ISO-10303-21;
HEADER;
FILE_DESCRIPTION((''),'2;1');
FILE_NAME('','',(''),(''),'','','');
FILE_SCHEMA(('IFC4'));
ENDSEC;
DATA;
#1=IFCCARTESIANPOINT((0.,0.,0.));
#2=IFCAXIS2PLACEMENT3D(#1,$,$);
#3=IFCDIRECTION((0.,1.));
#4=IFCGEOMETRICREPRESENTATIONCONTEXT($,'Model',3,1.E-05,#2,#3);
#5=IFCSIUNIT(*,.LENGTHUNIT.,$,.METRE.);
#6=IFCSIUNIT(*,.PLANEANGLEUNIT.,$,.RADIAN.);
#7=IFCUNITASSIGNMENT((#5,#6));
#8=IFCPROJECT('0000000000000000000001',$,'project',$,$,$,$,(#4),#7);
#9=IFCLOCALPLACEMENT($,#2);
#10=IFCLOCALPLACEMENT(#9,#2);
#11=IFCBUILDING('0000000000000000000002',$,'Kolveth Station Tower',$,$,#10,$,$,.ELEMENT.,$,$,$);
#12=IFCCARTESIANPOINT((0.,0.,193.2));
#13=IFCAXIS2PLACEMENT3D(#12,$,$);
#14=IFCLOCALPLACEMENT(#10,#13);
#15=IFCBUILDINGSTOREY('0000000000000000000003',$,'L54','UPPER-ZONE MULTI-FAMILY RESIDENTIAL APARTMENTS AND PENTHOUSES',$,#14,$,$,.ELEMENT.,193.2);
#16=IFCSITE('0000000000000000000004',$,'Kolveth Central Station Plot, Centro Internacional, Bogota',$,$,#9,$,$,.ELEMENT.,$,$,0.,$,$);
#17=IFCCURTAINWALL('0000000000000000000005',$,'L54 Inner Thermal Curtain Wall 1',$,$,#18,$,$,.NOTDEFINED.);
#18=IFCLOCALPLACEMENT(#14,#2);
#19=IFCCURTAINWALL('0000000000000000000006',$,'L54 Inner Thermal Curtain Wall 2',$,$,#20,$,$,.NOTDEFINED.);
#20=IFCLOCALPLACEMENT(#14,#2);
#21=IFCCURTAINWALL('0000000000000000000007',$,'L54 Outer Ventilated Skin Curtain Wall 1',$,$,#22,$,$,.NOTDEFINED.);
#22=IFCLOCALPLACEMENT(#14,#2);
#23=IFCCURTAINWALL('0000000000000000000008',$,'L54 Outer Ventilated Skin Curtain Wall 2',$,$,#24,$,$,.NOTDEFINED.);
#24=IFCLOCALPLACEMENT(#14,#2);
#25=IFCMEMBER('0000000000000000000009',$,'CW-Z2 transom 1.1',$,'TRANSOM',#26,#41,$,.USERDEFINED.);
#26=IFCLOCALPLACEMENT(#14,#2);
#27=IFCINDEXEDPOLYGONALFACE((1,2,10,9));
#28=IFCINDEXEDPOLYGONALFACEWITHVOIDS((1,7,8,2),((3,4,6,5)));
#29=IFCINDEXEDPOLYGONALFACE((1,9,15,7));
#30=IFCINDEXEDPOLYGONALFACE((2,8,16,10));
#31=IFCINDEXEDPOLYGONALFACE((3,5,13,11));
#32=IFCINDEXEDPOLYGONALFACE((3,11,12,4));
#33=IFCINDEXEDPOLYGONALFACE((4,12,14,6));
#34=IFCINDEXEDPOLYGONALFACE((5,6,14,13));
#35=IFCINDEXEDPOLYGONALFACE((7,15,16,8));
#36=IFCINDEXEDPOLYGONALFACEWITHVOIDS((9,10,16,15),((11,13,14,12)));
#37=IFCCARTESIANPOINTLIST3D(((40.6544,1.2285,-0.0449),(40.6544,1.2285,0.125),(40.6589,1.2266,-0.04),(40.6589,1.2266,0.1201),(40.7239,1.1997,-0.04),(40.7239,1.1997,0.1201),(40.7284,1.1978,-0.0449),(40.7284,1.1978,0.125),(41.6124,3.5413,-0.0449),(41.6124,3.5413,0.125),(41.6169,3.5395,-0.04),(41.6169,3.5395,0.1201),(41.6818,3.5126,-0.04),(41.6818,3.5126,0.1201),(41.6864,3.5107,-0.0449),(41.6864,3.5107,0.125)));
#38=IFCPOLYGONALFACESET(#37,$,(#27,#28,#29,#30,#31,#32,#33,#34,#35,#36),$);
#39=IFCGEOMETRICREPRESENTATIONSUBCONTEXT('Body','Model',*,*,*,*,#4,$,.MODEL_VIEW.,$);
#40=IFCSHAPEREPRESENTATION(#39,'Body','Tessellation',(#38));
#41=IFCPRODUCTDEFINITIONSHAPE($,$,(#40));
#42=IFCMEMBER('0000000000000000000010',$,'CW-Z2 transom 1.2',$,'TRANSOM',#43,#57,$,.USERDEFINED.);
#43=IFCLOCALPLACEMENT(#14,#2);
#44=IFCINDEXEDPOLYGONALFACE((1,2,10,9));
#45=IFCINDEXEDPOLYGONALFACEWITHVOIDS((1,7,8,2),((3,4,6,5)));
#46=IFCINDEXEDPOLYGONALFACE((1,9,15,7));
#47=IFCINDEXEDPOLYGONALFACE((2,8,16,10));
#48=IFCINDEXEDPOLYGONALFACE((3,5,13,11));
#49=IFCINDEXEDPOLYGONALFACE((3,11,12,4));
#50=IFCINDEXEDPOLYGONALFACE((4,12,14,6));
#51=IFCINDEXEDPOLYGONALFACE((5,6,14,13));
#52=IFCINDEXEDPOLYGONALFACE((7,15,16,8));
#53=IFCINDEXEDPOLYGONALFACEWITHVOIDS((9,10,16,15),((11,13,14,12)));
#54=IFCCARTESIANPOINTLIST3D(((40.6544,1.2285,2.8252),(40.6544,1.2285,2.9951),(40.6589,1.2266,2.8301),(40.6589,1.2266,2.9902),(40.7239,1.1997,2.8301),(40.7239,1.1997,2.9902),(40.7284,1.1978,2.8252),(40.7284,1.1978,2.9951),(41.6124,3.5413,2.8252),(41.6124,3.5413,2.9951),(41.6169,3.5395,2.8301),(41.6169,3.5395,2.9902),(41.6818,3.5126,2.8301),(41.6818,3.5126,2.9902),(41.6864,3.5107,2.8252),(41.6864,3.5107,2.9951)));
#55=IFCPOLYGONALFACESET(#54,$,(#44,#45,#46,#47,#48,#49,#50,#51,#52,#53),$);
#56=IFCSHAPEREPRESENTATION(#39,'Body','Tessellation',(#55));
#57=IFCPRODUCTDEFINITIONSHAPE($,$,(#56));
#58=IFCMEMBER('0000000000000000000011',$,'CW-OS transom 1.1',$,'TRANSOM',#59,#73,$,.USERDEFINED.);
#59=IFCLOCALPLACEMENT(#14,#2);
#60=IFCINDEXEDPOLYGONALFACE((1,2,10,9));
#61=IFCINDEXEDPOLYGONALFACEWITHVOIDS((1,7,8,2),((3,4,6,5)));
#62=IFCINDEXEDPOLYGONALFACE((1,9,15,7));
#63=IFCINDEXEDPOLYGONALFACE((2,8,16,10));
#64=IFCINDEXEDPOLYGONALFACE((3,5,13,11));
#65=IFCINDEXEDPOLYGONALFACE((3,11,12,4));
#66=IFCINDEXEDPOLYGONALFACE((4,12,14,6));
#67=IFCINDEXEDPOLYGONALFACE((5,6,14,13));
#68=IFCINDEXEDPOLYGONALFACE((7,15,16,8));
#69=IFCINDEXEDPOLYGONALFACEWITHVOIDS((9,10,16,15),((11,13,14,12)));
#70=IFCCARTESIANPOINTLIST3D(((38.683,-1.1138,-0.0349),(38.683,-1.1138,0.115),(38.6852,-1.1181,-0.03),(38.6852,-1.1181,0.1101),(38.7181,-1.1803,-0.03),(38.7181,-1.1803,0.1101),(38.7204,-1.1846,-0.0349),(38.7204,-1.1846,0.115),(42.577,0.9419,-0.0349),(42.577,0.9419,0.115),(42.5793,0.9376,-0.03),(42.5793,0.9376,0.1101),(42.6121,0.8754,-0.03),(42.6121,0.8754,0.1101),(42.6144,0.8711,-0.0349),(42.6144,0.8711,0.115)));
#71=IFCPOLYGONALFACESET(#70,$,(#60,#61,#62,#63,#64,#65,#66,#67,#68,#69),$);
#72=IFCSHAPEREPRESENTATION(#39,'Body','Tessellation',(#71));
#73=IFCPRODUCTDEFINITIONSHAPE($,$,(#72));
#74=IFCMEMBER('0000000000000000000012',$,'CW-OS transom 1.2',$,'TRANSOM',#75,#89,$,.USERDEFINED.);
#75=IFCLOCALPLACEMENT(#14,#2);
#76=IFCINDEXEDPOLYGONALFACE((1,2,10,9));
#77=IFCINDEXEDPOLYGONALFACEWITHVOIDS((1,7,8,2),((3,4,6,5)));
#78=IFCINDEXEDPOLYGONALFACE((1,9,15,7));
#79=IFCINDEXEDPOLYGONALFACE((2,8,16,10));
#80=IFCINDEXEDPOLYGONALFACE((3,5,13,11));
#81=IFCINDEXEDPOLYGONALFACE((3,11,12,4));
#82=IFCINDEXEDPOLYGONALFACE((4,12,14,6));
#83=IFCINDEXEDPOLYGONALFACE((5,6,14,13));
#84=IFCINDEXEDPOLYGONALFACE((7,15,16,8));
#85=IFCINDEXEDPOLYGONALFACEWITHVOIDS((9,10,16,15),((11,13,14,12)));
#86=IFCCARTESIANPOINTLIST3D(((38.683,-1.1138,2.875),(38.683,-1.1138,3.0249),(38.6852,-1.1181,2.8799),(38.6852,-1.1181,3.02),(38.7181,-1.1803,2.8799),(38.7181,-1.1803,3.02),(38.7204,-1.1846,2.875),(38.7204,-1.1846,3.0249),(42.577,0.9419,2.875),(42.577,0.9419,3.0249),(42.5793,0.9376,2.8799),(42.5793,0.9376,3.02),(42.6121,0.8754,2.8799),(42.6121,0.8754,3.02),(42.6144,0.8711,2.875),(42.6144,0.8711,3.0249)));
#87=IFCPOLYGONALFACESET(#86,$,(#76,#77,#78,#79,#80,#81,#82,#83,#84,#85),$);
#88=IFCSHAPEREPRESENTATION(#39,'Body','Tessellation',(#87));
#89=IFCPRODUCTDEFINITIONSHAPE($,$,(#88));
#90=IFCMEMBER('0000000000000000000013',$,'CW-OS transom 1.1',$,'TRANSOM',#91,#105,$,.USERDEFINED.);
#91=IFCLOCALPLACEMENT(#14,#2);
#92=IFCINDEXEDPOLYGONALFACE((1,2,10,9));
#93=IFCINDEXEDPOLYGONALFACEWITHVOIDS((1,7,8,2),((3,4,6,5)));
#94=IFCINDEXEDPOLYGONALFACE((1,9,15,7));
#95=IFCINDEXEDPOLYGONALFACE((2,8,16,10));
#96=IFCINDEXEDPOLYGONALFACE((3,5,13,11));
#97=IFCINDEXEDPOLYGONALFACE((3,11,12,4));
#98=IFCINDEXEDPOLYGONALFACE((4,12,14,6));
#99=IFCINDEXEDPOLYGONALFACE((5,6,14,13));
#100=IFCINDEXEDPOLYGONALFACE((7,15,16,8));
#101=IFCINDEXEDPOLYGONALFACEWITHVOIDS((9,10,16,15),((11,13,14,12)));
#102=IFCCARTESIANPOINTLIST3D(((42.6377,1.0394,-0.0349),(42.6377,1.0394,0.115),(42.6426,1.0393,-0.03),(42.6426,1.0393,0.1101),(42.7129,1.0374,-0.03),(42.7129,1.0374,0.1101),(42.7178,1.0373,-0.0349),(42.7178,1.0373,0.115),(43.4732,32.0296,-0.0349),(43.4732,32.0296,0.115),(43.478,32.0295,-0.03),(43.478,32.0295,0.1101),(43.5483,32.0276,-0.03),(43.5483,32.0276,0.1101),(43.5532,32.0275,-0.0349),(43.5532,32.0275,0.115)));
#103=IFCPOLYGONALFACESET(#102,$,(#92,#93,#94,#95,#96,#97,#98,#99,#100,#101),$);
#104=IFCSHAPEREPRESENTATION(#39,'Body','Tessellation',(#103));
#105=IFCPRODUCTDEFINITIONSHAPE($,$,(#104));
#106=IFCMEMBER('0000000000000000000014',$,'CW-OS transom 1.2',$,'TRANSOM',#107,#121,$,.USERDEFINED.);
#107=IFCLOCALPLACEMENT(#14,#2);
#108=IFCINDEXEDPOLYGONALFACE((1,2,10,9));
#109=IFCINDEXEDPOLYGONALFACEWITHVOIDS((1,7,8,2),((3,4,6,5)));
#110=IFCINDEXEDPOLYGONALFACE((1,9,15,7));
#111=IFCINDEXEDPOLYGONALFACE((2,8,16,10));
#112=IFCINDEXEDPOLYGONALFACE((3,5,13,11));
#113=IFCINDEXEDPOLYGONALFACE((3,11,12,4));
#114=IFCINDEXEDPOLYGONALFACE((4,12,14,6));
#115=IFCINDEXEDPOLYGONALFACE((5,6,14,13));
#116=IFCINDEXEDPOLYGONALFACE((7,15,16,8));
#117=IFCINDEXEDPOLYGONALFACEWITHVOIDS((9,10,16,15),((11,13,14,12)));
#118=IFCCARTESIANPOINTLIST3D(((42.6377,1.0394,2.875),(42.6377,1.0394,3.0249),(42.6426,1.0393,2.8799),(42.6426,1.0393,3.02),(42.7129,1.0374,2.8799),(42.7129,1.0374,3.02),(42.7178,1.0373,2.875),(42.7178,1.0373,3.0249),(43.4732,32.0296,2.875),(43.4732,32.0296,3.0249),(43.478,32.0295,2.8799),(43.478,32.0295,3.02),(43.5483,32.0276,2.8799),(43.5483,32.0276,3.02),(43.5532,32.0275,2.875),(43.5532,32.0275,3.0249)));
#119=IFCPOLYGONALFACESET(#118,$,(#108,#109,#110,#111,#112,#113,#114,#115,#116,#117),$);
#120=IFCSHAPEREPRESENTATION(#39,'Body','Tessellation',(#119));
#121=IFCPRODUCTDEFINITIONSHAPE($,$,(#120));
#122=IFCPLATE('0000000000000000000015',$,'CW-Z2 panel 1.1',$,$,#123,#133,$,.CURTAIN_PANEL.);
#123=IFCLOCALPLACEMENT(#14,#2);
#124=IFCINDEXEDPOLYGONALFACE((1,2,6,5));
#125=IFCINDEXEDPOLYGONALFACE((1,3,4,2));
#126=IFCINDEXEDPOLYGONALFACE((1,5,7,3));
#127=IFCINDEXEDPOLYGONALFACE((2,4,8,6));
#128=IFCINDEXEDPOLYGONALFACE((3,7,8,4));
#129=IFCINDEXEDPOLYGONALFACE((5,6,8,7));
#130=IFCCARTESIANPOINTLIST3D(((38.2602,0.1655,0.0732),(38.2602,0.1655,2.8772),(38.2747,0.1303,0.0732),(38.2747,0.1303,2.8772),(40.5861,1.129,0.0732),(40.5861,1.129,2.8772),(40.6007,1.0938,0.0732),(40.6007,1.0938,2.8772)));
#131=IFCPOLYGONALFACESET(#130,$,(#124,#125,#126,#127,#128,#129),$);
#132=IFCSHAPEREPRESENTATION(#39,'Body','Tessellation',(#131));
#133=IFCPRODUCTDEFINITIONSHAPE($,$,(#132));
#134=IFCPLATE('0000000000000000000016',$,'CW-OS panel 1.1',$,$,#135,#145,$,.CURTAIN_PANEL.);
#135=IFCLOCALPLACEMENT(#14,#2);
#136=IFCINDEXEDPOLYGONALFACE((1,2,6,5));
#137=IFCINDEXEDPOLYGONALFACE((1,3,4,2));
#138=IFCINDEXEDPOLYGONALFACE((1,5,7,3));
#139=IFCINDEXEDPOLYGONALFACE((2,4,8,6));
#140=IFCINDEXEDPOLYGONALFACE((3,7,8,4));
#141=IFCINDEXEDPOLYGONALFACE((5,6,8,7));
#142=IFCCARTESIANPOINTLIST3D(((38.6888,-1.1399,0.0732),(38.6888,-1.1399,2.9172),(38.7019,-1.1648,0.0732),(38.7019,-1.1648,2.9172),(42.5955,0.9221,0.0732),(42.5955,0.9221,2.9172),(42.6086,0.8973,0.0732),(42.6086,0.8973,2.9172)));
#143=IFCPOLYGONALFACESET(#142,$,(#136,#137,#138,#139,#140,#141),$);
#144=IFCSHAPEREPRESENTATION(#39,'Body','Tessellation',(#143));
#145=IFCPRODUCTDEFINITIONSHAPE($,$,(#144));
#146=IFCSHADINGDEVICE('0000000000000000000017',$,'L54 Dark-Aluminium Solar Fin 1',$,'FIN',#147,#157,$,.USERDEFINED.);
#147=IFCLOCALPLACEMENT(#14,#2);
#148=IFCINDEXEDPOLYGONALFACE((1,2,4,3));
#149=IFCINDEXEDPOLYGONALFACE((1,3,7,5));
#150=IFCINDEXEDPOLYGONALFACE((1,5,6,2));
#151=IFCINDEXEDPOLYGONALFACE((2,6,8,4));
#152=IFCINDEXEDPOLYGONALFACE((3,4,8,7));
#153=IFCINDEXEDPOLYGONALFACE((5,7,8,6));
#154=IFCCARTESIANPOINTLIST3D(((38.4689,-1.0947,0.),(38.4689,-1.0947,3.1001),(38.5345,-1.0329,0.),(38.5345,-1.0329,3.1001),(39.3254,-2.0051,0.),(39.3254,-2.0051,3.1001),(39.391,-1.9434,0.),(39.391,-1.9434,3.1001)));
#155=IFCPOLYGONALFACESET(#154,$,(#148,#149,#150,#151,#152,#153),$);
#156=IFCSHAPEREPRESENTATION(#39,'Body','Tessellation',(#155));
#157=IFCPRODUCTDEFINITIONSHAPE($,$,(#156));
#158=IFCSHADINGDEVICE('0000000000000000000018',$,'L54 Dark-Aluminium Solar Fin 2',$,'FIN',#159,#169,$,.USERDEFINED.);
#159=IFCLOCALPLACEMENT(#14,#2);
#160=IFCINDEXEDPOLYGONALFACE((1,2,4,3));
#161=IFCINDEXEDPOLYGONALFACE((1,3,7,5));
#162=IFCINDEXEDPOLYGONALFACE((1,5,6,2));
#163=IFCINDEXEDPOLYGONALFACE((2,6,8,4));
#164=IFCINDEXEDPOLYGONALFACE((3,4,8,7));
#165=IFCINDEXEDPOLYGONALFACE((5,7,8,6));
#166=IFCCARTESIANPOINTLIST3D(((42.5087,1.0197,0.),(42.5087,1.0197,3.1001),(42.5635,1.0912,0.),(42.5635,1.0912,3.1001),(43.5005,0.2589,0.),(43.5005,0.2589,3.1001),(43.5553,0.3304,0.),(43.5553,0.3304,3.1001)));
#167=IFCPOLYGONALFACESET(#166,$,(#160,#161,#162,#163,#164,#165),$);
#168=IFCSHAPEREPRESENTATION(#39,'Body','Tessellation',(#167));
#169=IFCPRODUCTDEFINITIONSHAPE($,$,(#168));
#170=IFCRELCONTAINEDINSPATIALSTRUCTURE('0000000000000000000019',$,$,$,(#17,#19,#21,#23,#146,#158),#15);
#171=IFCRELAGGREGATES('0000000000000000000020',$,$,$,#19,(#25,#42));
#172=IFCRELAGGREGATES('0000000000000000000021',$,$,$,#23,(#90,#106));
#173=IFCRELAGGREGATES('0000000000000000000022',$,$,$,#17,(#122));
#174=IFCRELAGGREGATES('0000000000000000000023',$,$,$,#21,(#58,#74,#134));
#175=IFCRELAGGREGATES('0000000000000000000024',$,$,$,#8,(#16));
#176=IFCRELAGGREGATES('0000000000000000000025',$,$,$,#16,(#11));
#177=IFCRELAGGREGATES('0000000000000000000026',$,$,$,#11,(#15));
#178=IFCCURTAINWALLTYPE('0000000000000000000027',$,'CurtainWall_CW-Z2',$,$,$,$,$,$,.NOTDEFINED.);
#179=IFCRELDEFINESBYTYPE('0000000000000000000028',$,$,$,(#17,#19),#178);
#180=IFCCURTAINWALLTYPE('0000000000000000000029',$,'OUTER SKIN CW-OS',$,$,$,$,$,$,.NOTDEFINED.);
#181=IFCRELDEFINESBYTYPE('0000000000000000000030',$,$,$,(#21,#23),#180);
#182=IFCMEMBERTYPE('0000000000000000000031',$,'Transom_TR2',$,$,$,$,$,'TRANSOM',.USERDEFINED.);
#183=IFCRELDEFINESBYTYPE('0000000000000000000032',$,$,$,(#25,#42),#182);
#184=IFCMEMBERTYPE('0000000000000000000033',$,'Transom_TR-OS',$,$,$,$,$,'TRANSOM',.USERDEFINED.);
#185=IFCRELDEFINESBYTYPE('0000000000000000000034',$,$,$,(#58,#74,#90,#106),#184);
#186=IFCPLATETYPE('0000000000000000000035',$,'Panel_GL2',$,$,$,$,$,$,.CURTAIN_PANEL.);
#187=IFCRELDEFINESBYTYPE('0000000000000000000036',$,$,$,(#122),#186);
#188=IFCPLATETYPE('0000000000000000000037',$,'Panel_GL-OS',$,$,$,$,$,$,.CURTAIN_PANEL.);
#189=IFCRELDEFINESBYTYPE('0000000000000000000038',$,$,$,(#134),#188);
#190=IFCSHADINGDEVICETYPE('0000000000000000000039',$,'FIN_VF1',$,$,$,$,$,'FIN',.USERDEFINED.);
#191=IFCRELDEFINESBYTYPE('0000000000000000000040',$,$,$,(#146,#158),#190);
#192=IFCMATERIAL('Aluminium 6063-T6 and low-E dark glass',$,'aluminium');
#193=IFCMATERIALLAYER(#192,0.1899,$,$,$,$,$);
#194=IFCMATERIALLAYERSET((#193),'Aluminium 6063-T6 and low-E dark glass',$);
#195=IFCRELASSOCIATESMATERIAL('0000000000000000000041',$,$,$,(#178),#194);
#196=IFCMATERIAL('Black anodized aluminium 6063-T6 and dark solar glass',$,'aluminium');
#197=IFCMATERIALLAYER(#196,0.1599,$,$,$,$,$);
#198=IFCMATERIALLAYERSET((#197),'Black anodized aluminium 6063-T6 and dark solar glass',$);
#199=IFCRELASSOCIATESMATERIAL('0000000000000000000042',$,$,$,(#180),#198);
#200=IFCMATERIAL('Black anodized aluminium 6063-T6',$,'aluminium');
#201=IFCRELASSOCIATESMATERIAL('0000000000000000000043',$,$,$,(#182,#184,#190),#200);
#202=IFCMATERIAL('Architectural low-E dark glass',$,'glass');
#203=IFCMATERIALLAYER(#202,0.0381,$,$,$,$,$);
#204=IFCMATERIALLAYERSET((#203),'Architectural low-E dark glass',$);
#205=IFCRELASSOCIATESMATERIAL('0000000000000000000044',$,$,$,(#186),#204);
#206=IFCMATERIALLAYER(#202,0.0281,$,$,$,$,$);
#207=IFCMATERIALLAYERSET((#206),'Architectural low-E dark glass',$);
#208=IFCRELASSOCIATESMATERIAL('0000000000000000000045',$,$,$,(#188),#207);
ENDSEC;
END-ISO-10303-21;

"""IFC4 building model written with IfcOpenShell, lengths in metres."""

from ifc_helpers import new_model, si_unit, direction, frame, origin, origin_2d, place, context, subcontext, project, spatial, rectangle, hollow_rectangle, extrude, source, transform, mapped, material, layer, layer_set, material_profile, profile_set, type_object, element, aggregate, save


model = new_model("IFC4")

# Units and contexts
model_context = context("Model", 3, precision=1e-05, world=origin(), true_north=direction((0.0, 1.0)))
body_context = subcontext(model_context, "Body", "Model", "MODEL_VIEW")
ifc_project = project(units=[si_unit("LENGTHUNIT", "METRE"), si_unit("PLANEANGLEUNIT", "RADIAN")], contexts=[model_context])

# Site, building, storey
site_placement = place(None, origin())
site = spatial("IfcSite", under=ifc_project, at=site_placement, Name="Kolveth Central Station Plot, Centro Internacional, Bogota", CompositionType="ELEMENT", RefElevation=0.0)
building_placement = place(site_placement, origin())
building = spatial("IfcBuilding", under=site, at=building_placement, Name="Kolveth Station Tower", CompositionType="ELEMENT")
storey_placement = place(building_placement, frame((0.0, 0.0, 193.2)))
storey = spatial("IfcBuildingStorey", under=building, at=storey_placement, Name="L54", Description="UPPER-ZONE MULTI-FAMILY RESIDENTIAL APARTMENTS AND PENTHOUSES", CompositionType="ELEMENT", Elevation=193.2)

# Curtain wall
ifc_material_1 = material(Name="Aluminium 6063-T6 and low-E dark glass", Category="aluminium")
ifc_layer_1 = layer(ifc_material_1, 0.1899)
ifc_layer_set_1 = layer_set([ifc_layer_1], Name="Aluminium 6063-T6 and low-E dark glass")
curtain_wall_type_1 = type_object("IfcCurtainWallType", Name="CurtainWall_CW-Z2", PredefinedType="NOTDEFINED", material=ifc_layer_set_1)
curtain_wall_1_placement = place(storey_placement, origin())
curtain_wall_1 = element("IfcCurtainWall", 1, at=curtain_wall_1_placement, inside=storey, type_object=curtain_wall_type_1, Name="L54 Inner Thermal Curtain Wall 1", PredefinedType="NOTDEFINED")
ifc_material_2 = material(Name="Black anodized aluminium 6063-T6", Category="aluminium")

# Curtain wall
curtain_wall_2_placement = place(storey_placement, origin())
curtain_wall_2 = element("IfcCurtainWall", 2, at=curtain_wall_2_placement, inside=storey, type_object=curtain_wall_type_1, Name="L54 Inner Thermal Curtain Wall 2", PredefinedType="NOTDEFINED")

# Curtain wall
ifc_material_3 = material(Name="Black anodized aluminium 6063-T6 and dark solar glass", Category="aluminium")
ifc_layer_2 = layer(ifc_material_3, 0.1599)
ifc_layer_set_2 = layer_set([ifc_layer_2], Name="Black anodized aluminium 6063-T6 and dark solar glass")
curtain_wall_type_2 = type_object("IfcCurtainWallType", Name="OUTER SKIN CW-OS", PredefinedType="NOTDEFINED", material=ifc_layer_set_2)
curtain_wall_3_placement = place(storey_placement, origin())
curtain_wall_3 = element("IfcCurtainWall", 3, at=curtain_wall_3_placement, inside=storey, type_object=curtain_wall_type_2, Name="L54 Outer Ventilated Skin Curtain Wall 1", PredefinedType="NOTDEFINED")

# Curtain wall
curtain_wall_4_placement = place(storey_placement, origin())
curtain_wall_4 = element("IfcCurtainWall", 4, at=curtain_wall_4_placement, inside=storey, type_object=curtain_wall_type_2, Name="L54 Outer Ventilated Skin Curtain Wall 2", PredefinedType="NOTDEFINED")

# Members
ifc_material_profile_1 = material_profile(ifc_material_2, hollow_rectangle(XDim=0.0801, YDim=0.1699, WallThickness=0.0049, at=origin_2d()), Name="ALU-80x170x5")
ifc_profile_set_1 = profile_set([ifc_material_profile_1], Name="Black anodized aluminium 6063-T6")
member_type_1 = type_object("IfcMemberType", Name="Transom_TR2", ElementType="TRANSOM", PredefinedType="USERDEFINED", material=ifc_profile_set_1)
shared_shape_1 = source(origin(), body_context, "Body", "SweptSolid", [
    extrude(hollow_rectangle(XDim=0.0801, YDim=0.1699, WallThickness=0.0049, at=origin_2d()), origin(), (0.0, 0.0, 1.0), 2.5034),
])
member_1_placement = place(storey_placement, frame((40.6914, 1.2131, 0.04), z_axis=(0.382662, 0.923888, 0.0), x_axis=(-0.923888, 0.382662, 0.0)))
member_1 = element("IfcMember", 5, at=member_1_placement, type_object=member_type_1, Name="CW-Z2 transom 1.1", ObjectType="TRANSOM", PredefinedType="USERDEFINED", context=body_context, shape_type="MappedRepresentation", body=[
    mapped(shared_shape_1, transform((0.0, 0.0, 0.0), x_axis=(1.0, 0.0, 0.0), y_axis=(0.0, 1.0, 0.0), z_axis=(0.0, 0.0, 1.0), scale=1.0)),
])
member_2_placement = place(storey_placement, frame((40.6914, 1.2131, 2.9102), z_axis=(0.382662, 0.923888, 0.0), x_axis=(-0.923888, 0.382662, 0.0)))
member_2 = element("IfcMember", 6, at=member_2_placement, type_object=member_type_1, Name="CW-Z2 transom 1.2", ObjectType="TRANSOM", PredefinedType="USERDEFINED", context=body_context, shape_type="MappedRepresentation", body=[
    mapped(shared_shape_1, transform((0.0, 0.0, 0.0), x_axis=(1.0, 0.0, 0.0), y_axis=(0.0, 1.0, 0.0), z_axis=(0.0, 0.0, 1.0), scale=1.0)),
])
aggregate(curtain_wall_2, [member_1, member_2])
ifc_material_profile_2 = material_profile(ifc_material_2, hollow_rectangle(XDim=0.0801, YDim=0.1499, WallThickness=0.0049, at=origin_2d()), Name="ALU-80x150x5")
ifc_profile_set_2 = profile_set([ifc_material_profile_2], Name="Black anodized aluminium 6063-T6")
member_type_2 = type_object("IfcMemberType", Name="Transom_TR-OS", ElementType="TRANSOM", PredefinedType="USERDEFINED", material=ifc_profile_set_2)
shared_shape_2 = source(origin(), body_context, "Body", "SweptSolid", [
    extrude(hollow_rectangle(XDim=0.0801, YDim=0.1499, WallThickness=0.0049, at=origin_2d()), origin(), (0.0, 0.0, 1.0), 4.4033),
])
member_3_placement = place(storey_placement, frame((38.7017, -1.1492, 0.04), z_axis=(0.88434, 0.466843, 0.0), x_axis=(-0.466843, 0.88434, 0.0)))
member_3 = element("IfcMember", 7, at=member_3_placement, type_object=member_type_2, Name="CW-OS transom 1.1", ObjectType="TRANSOM", PredefinedType="USERDEFINED", context=body_context, shape_type="MappedRepresentation", body=[
    mapped(shared_shape_2, transform((0.0, 0.0, 0.0), x_axis=(1.0, 0.0, 0.0), y_axis=(0.0, 1.0, 0.0), z_axis=(0.0, 0.0, 1.0), scale=1.0)),
])
member_4_placement = place(storey_placement, frame((38.7017, -1.1492, 2.95), z_axis=(0.88434, 0.466843, 0.0), x_axis=(-0.466843, 0.88434, 0.0)))
member_4 = element("IfcMember", 8, at=member_4_placement, type_object=member_type_2, Name="CW-OS transom 1.2", ObjectType="TRANSOM", PredefinedType="USERDEFINED", context=body_context, shape_type="MappedRepresentation", body=[
    mapped(shared_shape_2, transform((0.0, 0.0, 0.0), x_axis=(1.0, 0.0, 0.0), y_axis=(0.0, 1.0, 0.0), z_axis=(0.0, 0.0, 1.0), scale=1.0)),
])
shared_shape_3 = source(origin(), body_context, "Body", "SweptSolid", [
    extrude(hollow_rectangle(XDim=0.0801, YDim=0.1499, WallThickness=0.0049, at=origin_2d()), origin(), (0.0, 0.0, 1.0), 31.0015),
])
member_5_placement = place(storey_placement, frame((42.6777, 1.0383, 0.04), z_axis=(0.026949, 0.999637, 0.0), x_axis=(-0.999637, 0.026949, 0.0)))
member_5 = element("IfcMember", 9, at=member_5_placement, type_object=member_type_2, Name="CW-OS transom 1.1", ObjectType="TRANSOM", PredefinedType="USERDEFINED", context=body_context, shape_type="MappedRepresentation", body=[
    mapped(shared_shape_3, transform((0.0, 0.0, 0.0), x_axis=(1.0, 0.0, 0.0), y_axis=(0.0, 1.0, 0.0), z_axis=(0.0, 0.0, 1.0), scale=1.0)),
])
member_6_placement = place(storey_placement, frame((42.6777, 1.0383, 2.95), z_axis=(0.026949, 0.999637, 0.0), x_axis=(-0.999637, 0.026949, 0.0)))
member_6 = element("IfcMember", 10, at=member_6_placement, type_object=member_type_2, Name="CW-OS transom 1.2", ObjectType="TRANSOM", PredefinedType="USERDEFINED", context=body_context, shape_type="MappedRepresentation", body=[
    mapped(shared_shape_3, transform((0.0, 0.0, 0.0), x_axis=(1.0, 0.0, 0.0), y_axis=(0.0, 1.0, 0.0), z_axis=(0.0, 0.0, 1.0), scale=1.0)),
])
aggregate(curtain_wall_4, [member_5, member_6])

# Plates
ifc_material_4 = material(Name="Architectural low-E dark glass", Category="glass")
ifc_layer_3 = layer(ifc_material_4, 0.0381)
ifc_layer_set_3 = layer_set([ifc_layer_3], Name="Architectural low-E dark glass")
plate_type_1 = type_object("IfcPlateType", Name="Panel_GL2", PredefinedType="CURTAIN_PANEL", material=ifc_layer_set_3)
shared_shape_4 = source(origin(), body_context, "Body", "SweptSolid", [
    extrude(rectangle(XDim=2.5176, YDim=0.0381, at=origin_2d()), origin(), (0.0, 0.0, 1.0), 2.804),
])
plate_1_placement = place(storey_placement, frame((39.4304, 0.6296, 0.0732), z_axis=(0.0, 0.0, 1.0), x_axis=(0.923874, 0.382698, 0.0)))
plate_1 = element("IfcPlate", 11, at=plate_1_placement, type_object=plate_type_1, Name="CW-Z2 panel 1.1", PredefinedType="CURTAIN_PANEL", context=body_context, shape_type="MappedRepresentation", body=[
    mapped(shared_shape_4, transform((0.0, 0.0, 0.0), x_axis=(1.0, 0.0, 0.0), y_axis=(0.0, 1.0, 0.0), z_axis=(0.0, 0.0, 1.0), scale=1.0)),
])
aggregate(curtain_wall_1, [plate_1])
ifc_layer_4 = layer(ifc_material_4, 0.0281)
ifc_layer_set_4 = layer_set([ifc_layer_4], Name="Architectural low-E dark glass")
plate_type_2 = type_object("IfcPlateType", Name="Panel_GL-OS", PredefinedType="CURTAIN_PANEL", material=ifc_layer_set_4)
shared_shape_5 = source(origin(), body_context, "Body", "SweptSolid", [
    extrude(rectangle(XDim=4.4175, YDim=0.0281, at=origin_2d()), origin(), (0.0, 0.0, 1.0), 2.844),
])
plate_2_placement = place(storey_placement, frame((40.6487, -0.1213, 0.0732), z_axis=(0.0, 0.0, 1.0), x_axis=(0.884366, 0.466794, 0.0)))
plate_2 = element("IfcPlate", 12, at=plate_2_placement, type_object=plate_type_2, Name="CW-OS panel 1.1", PredefinedType="CURTAIN_PANEL", context=body_context, shape_type="MappedRepresentation", body=[
    mapped(shared_shape_5, transform((0.0, 0.0, 0.0), x_axis=(1.0, 0.0, 0.0), y_axis=(0.0, 1.0, 0.0), z_axis=(0.0, 0.0, 1.0), scale=1.0)),
])
aggregate(curtain_wall_3, [member_3, member_4, plate_2])

# Shading devices
shading_device_type = type_object("IfcShadingDeviceType", Name="FIN_VF1", ElementType="FIN", PredefinedType="USERDEFINED", material=ifc_material_2)
shared_shape_6 = source(origin(), body_context, "Body", "SweptSolid", [
    extrude(rectangle(XDim=1.25, YDim=0.0901, at=origin_2d()), origin(), (0.0, 0.0, 1.0), 3.1001),
])
for number, where, z_axis, x_axis, name in (
    (13, (38.9299, -1.519, 0.0), (0.0, 0.0, 1.0), (0.685183, -0.728371, 0.0), "L54 Dark-Aluminium Solar Fin 1"),
    (14, (43.032, 0.675, 0.0), (0.0, 0.0, 1.0), (0.79346, -0.608623, 0.0), "L54 Dark-Aluminium Solar Fin 2"),
):
    element("IfcShadingDevice", number, at=place(storey_placement, frame(where, z_axis=z_axis, x_axis=x_axis)), inside=storey, type_object=shading_device_type, Name=name, ObjectType="FIN", PredefinedType="USERDEFINED", context=body_context, shape_type="MappedRepresentation", body=[
        mapped(shared_shape_6, transform((0.0, 0.0, 0.0), x_axis=(1.0, 0.0, 0.0), y_axis=(0.0, 1.0, 0.0), z_axis=(0.0, 0.0, 1.0), scale=1.0)),
    ])

save(model, "model.ifc")
